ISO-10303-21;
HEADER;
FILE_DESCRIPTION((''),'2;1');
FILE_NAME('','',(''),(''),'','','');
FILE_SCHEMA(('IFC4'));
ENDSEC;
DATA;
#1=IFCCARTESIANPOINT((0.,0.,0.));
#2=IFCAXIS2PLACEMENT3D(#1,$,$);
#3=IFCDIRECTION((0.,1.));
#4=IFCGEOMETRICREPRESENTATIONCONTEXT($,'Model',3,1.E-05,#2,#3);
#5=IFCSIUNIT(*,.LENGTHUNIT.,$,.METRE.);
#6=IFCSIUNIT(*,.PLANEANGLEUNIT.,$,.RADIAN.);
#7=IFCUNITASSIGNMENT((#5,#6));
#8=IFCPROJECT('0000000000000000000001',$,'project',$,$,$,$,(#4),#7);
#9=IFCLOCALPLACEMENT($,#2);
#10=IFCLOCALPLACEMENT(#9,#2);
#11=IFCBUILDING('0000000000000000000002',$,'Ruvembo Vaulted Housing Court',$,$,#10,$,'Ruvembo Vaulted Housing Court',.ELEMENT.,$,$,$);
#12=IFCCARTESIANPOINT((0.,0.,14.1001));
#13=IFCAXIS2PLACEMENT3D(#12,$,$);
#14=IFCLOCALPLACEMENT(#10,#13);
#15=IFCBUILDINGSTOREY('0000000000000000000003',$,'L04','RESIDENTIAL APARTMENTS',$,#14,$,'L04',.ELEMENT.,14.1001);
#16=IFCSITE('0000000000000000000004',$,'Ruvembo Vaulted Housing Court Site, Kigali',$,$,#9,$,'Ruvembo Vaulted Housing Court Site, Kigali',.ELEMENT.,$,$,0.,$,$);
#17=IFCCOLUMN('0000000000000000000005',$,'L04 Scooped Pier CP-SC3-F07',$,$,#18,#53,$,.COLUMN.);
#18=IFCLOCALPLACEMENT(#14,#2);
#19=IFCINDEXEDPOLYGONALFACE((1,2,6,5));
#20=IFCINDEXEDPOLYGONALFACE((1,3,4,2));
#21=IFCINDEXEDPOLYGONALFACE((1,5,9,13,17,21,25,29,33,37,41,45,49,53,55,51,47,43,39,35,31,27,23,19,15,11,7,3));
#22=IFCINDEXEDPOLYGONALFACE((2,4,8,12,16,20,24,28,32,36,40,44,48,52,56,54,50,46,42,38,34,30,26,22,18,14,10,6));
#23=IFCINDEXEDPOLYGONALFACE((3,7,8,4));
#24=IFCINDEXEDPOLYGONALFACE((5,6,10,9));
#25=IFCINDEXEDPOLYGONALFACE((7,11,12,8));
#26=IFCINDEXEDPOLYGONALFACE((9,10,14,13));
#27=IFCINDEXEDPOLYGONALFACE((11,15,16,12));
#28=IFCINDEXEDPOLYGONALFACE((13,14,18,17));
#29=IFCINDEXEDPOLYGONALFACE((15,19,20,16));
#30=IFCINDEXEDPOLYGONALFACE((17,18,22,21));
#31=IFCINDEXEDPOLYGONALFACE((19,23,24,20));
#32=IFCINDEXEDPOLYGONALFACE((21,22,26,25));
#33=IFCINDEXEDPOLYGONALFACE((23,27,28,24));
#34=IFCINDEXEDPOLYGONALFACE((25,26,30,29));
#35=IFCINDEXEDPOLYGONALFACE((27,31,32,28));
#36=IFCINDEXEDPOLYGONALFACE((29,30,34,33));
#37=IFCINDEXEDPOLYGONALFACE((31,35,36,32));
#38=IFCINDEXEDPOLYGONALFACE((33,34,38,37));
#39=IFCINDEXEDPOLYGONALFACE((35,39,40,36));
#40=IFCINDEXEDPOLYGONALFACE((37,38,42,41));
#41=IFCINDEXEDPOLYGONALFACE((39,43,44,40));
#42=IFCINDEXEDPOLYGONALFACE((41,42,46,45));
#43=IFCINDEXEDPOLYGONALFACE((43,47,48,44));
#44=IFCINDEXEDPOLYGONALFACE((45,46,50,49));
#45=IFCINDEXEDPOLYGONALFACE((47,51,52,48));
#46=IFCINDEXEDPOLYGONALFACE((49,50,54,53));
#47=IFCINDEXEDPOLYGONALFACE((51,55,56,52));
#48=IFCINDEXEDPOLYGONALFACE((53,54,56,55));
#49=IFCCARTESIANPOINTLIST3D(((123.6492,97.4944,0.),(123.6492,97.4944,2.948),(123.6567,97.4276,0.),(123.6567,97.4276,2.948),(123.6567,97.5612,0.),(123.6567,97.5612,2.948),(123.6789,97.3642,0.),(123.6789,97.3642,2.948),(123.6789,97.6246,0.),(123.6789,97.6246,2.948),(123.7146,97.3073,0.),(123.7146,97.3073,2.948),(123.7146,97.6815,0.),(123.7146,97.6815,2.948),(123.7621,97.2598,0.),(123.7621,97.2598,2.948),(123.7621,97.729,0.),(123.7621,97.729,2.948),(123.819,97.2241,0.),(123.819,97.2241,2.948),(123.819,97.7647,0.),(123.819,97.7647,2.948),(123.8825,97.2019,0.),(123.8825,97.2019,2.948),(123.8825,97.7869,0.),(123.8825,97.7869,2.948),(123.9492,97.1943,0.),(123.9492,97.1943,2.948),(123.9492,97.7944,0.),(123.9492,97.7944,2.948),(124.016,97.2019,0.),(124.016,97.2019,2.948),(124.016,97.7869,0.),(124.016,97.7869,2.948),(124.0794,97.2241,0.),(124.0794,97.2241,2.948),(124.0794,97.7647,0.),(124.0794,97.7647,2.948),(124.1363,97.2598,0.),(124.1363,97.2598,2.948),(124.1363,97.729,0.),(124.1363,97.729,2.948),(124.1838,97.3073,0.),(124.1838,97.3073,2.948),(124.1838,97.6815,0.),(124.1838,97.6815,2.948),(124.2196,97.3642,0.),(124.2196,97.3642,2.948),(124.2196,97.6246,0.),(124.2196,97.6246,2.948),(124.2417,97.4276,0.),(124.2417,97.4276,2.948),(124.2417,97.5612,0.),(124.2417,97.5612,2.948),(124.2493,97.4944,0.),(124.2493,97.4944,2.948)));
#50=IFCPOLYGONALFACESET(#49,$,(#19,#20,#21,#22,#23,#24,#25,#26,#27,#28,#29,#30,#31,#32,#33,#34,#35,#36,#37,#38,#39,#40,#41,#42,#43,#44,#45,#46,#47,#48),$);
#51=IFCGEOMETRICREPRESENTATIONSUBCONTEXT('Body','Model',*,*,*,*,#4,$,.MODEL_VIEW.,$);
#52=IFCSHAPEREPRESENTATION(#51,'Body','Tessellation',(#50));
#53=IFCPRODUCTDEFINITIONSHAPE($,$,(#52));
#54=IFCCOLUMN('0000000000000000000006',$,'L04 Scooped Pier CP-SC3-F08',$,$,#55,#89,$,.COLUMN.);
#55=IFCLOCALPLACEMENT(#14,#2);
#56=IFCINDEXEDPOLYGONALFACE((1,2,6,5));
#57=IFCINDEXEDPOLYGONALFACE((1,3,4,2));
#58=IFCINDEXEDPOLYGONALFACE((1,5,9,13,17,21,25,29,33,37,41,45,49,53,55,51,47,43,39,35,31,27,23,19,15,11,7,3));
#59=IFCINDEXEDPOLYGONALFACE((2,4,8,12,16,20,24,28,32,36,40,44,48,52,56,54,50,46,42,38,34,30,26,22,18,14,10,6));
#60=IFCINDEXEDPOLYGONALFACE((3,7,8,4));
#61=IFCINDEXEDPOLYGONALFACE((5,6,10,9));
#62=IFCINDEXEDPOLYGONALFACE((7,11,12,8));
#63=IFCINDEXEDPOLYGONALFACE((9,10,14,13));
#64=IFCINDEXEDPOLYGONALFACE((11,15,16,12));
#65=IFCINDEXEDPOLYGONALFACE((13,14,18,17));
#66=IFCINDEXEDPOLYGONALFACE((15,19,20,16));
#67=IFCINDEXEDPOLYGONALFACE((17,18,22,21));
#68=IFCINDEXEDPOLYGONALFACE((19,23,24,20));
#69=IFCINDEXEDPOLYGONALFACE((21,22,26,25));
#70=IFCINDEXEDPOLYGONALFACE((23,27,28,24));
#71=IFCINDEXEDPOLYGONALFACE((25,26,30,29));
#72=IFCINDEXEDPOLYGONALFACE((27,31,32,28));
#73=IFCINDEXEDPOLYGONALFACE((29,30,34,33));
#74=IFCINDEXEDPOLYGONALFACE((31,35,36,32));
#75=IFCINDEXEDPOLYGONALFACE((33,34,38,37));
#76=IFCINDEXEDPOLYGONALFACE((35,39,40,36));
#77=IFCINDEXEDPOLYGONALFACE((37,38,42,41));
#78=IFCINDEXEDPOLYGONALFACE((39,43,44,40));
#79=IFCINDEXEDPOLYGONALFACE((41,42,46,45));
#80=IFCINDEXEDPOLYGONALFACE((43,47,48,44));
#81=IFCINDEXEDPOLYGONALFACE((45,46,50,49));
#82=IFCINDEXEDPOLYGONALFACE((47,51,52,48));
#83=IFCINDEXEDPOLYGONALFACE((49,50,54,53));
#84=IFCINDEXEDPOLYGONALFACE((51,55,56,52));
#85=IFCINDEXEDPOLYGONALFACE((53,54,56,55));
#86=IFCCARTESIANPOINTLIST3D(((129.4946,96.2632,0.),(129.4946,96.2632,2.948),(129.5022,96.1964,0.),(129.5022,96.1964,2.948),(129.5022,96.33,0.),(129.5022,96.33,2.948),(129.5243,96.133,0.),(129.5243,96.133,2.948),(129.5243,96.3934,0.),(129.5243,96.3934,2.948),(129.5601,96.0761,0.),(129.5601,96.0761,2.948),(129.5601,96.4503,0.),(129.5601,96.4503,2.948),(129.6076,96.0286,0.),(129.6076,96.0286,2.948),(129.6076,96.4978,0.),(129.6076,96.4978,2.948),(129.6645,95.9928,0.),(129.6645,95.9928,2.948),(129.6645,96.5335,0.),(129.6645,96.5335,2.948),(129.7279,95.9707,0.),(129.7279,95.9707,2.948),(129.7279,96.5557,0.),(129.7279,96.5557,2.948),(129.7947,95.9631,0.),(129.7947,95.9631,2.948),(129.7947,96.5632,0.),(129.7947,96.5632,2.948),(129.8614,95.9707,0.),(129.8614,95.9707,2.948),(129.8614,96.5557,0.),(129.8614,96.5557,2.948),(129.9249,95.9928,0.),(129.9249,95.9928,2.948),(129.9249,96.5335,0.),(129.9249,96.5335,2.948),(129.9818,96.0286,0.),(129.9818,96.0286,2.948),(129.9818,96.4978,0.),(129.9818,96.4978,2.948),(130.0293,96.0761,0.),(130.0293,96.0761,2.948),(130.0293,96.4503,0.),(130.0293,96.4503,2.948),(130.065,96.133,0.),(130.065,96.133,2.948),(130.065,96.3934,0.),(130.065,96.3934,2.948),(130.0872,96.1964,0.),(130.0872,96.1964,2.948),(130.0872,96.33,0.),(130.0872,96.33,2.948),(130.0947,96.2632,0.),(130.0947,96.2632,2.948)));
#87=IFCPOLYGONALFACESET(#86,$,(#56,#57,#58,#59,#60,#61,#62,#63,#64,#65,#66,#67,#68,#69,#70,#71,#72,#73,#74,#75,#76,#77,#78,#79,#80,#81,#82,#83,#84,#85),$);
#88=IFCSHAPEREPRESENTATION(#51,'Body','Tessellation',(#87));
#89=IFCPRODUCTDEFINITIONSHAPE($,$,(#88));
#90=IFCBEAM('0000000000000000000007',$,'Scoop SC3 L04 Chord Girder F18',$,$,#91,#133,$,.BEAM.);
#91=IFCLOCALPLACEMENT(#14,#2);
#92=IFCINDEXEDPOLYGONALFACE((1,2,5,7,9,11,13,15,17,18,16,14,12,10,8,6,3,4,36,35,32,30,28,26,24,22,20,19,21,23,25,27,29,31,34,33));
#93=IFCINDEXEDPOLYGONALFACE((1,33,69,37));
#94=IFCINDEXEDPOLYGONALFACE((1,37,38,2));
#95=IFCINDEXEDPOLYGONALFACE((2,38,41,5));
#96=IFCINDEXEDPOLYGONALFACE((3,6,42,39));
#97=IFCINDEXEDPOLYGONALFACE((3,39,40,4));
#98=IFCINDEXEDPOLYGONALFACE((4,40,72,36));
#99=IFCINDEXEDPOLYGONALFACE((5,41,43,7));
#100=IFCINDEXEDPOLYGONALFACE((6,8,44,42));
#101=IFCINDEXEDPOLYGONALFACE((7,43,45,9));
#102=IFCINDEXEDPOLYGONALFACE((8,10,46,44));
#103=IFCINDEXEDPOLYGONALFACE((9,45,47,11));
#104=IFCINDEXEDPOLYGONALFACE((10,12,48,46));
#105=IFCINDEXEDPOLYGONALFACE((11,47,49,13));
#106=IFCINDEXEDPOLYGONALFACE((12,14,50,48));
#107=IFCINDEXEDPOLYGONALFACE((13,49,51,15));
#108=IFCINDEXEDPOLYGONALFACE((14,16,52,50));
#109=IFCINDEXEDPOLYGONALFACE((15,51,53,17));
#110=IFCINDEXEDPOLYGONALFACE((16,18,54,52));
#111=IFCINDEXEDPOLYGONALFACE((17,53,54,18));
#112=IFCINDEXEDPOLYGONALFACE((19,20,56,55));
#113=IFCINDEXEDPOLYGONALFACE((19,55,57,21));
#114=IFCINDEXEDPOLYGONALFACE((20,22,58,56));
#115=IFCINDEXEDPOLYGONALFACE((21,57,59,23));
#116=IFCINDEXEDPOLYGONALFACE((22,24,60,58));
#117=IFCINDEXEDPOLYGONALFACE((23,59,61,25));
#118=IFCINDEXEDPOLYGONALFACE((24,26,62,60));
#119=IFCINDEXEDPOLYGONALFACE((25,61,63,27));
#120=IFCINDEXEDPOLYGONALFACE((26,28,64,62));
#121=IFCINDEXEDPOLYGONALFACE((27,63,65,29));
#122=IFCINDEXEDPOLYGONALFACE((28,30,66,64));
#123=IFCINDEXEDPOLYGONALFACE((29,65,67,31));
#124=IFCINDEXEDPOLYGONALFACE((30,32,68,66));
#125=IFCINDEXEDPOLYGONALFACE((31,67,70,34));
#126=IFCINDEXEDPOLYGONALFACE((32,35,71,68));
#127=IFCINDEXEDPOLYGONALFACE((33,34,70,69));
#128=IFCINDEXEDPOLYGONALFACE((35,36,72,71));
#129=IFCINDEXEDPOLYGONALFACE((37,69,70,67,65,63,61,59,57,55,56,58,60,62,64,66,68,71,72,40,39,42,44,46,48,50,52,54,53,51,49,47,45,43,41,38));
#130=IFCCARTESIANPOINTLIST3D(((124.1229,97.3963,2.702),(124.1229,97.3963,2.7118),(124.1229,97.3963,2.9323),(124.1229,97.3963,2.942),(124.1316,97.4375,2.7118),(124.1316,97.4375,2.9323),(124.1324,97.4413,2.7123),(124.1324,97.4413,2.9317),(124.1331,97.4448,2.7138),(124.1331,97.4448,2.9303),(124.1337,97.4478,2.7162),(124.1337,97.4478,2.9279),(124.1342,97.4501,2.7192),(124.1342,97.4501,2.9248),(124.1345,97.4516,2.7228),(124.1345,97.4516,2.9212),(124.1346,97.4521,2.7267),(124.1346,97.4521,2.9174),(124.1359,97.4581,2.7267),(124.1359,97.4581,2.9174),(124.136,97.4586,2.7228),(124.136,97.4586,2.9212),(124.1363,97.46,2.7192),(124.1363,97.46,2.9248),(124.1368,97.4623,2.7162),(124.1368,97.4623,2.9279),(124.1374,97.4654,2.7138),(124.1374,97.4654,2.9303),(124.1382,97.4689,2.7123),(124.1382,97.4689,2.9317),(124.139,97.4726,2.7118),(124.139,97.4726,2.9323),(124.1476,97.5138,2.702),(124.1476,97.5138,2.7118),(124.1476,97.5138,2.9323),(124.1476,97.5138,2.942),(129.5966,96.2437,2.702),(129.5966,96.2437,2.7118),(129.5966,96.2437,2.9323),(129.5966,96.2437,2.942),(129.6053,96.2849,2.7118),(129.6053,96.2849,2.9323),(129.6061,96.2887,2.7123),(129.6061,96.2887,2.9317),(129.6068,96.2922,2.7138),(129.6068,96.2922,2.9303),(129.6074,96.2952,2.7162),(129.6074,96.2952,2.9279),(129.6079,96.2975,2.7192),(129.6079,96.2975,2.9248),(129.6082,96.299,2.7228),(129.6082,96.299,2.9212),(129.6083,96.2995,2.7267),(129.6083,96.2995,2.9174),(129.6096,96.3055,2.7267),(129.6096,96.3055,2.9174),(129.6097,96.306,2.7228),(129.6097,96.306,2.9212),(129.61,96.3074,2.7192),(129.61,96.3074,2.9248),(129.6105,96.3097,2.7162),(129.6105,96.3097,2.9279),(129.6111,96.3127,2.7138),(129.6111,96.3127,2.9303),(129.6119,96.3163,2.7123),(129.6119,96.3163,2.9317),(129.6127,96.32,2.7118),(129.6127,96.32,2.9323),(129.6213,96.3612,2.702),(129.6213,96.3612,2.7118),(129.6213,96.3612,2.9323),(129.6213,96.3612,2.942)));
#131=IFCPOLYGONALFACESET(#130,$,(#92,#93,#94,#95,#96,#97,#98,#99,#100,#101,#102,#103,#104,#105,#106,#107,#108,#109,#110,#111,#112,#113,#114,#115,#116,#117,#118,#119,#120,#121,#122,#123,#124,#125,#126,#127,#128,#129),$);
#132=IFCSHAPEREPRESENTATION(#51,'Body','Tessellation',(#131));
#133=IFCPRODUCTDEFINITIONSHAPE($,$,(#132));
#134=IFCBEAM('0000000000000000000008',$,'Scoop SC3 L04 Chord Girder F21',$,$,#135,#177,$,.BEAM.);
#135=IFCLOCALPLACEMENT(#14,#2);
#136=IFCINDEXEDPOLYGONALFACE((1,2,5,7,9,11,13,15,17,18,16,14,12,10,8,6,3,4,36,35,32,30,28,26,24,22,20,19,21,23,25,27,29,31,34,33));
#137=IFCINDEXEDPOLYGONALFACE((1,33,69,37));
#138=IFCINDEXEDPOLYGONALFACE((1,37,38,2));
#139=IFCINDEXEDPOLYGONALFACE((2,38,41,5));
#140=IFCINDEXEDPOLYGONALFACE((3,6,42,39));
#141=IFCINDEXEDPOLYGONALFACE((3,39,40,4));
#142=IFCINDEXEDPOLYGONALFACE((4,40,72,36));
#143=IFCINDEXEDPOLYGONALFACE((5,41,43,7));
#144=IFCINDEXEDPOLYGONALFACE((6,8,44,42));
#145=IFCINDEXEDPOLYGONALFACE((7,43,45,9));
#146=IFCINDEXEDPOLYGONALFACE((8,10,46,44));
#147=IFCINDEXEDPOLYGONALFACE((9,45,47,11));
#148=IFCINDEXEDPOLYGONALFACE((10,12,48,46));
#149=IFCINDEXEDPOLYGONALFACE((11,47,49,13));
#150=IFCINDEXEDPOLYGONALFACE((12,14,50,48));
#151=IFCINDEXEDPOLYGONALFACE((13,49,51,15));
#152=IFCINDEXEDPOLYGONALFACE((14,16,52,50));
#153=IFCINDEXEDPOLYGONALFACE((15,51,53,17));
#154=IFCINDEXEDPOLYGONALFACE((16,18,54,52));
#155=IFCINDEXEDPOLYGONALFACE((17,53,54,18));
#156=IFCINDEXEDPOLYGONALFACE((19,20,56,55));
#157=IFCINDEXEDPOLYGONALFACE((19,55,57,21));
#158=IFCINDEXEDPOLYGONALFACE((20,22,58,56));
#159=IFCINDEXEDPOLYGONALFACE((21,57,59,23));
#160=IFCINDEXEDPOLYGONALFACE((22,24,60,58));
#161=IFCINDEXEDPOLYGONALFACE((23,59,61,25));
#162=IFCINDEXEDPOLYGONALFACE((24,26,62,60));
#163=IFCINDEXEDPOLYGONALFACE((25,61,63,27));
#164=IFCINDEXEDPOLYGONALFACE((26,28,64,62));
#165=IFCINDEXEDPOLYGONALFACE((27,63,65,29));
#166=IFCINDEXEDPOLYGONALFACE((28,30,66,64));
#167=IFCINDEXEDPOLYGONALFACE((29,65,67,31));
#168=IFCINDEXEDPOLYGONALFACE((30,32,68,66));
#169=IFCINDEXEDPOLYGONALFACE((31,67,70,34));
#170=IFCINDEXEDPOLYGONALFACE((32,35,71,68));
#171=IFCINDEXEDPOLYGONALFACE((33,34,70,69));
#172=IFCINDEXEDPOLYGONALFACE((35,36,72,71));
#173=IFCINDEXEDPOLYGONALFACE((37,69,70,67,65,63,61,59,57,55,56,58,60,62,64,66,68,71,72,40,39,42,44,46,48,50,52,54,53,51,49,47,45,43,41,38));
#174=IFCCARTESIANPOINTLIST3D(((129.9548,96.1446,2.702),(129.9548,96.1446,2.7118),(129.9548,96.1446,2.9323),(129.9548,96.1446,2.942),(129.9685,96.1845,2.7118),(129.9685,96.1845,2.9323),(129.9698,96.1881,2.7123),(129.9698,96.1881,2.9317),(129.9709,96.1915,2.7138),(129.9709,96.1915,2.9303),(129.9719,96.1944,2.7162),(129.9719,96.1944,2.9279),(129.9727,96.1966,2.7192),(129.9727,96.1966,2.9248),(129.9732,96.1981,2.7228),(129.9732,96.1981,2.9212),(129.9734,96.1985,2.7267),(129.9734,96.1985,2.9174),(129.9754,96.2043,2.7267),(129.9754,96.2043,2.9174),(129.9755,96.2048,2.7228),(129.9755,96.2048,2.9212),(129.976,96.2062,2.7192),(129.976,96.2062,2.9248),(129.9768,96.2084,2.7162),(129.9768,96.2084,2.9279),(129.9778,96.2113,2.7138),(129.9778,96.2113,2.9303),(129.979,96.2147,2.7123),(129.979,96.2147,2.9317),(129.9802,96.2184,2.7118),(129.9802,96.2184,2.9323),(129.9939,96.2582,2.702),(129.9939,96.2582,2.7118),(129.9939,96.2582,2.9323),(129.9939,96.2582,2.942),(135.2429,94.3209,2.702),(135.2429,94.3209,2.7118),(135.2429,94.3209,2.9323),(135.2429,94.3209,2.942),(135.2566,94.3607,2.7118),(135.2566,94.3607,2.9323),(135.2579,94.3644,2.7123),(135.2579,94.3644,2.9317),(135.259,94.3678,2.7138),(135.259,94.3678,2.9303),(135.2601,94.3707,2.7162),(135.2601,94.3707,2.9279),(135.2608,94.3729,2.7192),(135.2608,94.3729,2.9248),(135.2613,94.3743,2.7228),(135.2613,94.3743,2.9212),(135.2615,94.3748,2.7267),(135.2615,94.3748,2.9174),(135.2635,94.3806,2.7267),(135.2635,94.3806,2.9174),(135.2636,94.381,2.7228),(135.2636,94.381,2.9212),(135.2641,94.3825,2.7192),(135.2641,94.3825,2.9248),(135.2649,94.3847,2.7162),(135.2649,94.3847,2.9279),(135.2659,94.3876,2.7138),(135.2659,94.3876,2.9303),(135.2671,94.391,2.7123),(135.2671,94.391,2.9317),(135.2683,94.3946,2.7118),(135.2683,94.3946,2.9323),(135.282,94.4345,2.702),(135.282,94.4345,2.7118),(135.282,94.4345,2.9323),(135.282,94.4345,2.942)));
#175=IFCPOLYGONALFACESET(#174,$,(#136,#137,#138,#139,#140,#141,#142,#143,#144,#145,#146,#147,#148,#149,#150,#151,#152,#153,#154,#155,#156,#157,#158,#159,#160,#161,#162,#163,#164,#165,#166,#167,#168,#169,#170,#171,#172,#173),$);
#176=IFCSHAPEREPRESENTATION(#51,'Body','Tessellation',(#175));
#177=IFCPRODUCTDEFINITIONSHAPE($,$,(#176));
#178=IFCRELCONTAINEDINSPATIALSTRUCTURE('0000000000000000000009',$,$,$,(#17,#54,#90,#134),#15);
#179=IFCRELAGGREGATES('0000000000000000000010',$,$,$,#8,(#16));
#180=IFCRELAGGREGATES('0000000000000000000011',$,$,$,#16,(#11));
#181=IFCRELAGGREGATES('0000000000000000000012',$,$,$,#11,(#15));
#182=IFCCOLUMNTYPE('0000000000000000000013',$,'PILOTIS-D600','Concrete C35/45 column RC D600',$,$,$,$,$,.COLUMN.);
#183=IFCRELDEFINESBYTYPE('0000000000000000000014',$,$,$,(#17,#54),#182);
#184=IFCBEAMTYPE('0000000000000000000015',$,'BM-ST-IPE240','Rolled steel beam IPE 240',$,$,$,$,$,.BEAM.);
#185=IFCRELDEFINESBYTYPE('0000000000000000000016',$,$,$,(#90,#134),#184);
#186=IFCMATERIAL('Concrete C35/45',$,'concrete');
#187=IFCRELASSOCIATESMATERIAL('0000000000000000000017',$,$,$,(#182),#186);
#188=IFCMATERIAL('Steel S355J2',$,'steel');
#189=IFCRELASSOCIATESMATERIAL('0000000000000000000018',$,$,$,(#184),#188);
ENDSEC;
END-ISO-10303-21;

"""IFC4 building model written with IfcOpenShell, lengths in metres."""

from ifc_helpers import new_model, si_unit, direction, frame, origin, origin_2d, place, context, subcontext, project, spatial, circle, i_section, extrude, material, material_profile, profile_set, type_object, element, save


model = new_model("IFC4")

# Units and contexts
model_context = context("Model", 3, precision=1e-05, world=origin(), true_north=direction((0.0, 1.0)))
body_context = subcontext(model_context, "Body", "Model", "MODEL_VIEW")
ifc_project = project(units=[si_unit("LENGTHUNIT", "METRE"), si_unit("PLANEANGLEUNIT", "RADIAN")], contexts=[model_context])

# Site, building, storey
site_placement = place(None, origin())
site = spatial("IfcSite", under=ifc_project, at=site_placement, Name="Ruvembo Vaulted Housing Court Site, Kigali", LongName="Ruvembo Vaulted Housing Court Site, Kigali", CompositionType="ELEMENT", RefElevation=0.0)
building_placement = place(site_placement, origin())
building = spatial("IfcBuilding", under=site, at=building_placement, Name="Ruvembo Vaulted Housing Court", LongName="Ruvembo Vaulted Housing Court", CompositionType="ELEMENT")
storey_placement = place(building_placement, frame((0.0, 0.0, 14.1001)))
storey = spatial("IfcBuildingStorey", under=building, at=storey_placement, Name="L04", Description="RESIDENTIAL APARTMENTS", LongName="L04", CompositionType="ELEMENT", Elevation=14.1001)

# Columns
ifc_material_1 = material(Name="Concrete C35/45", Category="concrete")
ifc_material_profile_1 = material_profile(ifc_material_1, circle(Radius=0.3, at=origin_2d()), Name="RC D600")
ifc_profile_set_1 = profile_set([ifc_material_profile_1], Name="Concrete C35/45")
column_type = type_object("IfcColumnType", Name="PILOTIS-D600", Description="Concrete C35/45 column RC D600", PredefinedType="COLUMN", material=ifc_profile_set_1)
for number, where, z_axis, x_axis, name in (
    (1, (123.9492, 97.4944, 0.0), (0.0, 0.0, 1.0), (1.0, 0.0, 0.0), "L04 Scooped Pier CP-SC3-F07"),
    (2, (129.7947, 96.2632, 0.0), (0.0, 0.0, 1.0), (1.0, 0.0, 0.0), "L04 Scooped Pier CP-SC3-F08"),
):
    element("IfcColumn", number, at=place(storey_placement, frame(where, z_axis=z_axis, x_axis=x_axis)), inside=storey, type_object=column_type, Name=name, PredefinedType="COLUMN", context=body_context, shape_type="SweptSolid", body=[
        extrude(circle(Radius=0.3, at=origin_2d()), origin(), (0.0, 0.0, 1.0), 2.948),
    ])

# Beams
ifc_material_2 = material(Name="Steel S355J2", Category="steel")
ifc_material_profile_2 = material_profile(ifc_material_2, i_section(OverallWidth=0.1201, OverallDepth=0.24, WebThickness=0.0061, FlangeThickness=0.0098, FilletRadius=0.0149, at=origin_2d()), Name="IPE 240")
ifc_profile_set_2 = profile_set([ifc_material_profile_2], Name="Steel S355J2")
beam_type = type_object("IfcBeamType", Name="BM-ST-IPE240", Description="Rolled steel beam IPE 240", PredefinedType="BEAM", material=ifc_profile_set_2)
for number, where, z_axis, x_axis, name in (
    (3, (124.1353, 97.4551, 2.822), (0.978541, -0.206052, 0.0), (0.206052, 0.978541, 0.0), "Scoop SC3 L04 Chord Girder F18"),
    (4, (129.9744, 96.2014, 2.822), (0.945359, -0.326031, 0.0), (0.326031, 0.945359, 0.0), "Scoop SC3 L04 Chord Girder F21"),
):
    element("IfcBeam", number, at=place(storey_placement, frame(where, z_axis=z_axis, x_axis=x_axis)), inside=storey, type_object=beam_type, Name=name, PredefinedType="BEAM", context=body_context, shape_type="SweptSolid", body=[
        extrude(i_section(OverallWidth=0.1201, OverallDepth=0.24, WebThickness=0.0061, FlangeThickness=0.0098, FilletRadius=0.0149, at=origin_2d()), origin(), (0.0, 0.0, 1.0), 5.5938),
    ])

save(model, "model.ifc")
